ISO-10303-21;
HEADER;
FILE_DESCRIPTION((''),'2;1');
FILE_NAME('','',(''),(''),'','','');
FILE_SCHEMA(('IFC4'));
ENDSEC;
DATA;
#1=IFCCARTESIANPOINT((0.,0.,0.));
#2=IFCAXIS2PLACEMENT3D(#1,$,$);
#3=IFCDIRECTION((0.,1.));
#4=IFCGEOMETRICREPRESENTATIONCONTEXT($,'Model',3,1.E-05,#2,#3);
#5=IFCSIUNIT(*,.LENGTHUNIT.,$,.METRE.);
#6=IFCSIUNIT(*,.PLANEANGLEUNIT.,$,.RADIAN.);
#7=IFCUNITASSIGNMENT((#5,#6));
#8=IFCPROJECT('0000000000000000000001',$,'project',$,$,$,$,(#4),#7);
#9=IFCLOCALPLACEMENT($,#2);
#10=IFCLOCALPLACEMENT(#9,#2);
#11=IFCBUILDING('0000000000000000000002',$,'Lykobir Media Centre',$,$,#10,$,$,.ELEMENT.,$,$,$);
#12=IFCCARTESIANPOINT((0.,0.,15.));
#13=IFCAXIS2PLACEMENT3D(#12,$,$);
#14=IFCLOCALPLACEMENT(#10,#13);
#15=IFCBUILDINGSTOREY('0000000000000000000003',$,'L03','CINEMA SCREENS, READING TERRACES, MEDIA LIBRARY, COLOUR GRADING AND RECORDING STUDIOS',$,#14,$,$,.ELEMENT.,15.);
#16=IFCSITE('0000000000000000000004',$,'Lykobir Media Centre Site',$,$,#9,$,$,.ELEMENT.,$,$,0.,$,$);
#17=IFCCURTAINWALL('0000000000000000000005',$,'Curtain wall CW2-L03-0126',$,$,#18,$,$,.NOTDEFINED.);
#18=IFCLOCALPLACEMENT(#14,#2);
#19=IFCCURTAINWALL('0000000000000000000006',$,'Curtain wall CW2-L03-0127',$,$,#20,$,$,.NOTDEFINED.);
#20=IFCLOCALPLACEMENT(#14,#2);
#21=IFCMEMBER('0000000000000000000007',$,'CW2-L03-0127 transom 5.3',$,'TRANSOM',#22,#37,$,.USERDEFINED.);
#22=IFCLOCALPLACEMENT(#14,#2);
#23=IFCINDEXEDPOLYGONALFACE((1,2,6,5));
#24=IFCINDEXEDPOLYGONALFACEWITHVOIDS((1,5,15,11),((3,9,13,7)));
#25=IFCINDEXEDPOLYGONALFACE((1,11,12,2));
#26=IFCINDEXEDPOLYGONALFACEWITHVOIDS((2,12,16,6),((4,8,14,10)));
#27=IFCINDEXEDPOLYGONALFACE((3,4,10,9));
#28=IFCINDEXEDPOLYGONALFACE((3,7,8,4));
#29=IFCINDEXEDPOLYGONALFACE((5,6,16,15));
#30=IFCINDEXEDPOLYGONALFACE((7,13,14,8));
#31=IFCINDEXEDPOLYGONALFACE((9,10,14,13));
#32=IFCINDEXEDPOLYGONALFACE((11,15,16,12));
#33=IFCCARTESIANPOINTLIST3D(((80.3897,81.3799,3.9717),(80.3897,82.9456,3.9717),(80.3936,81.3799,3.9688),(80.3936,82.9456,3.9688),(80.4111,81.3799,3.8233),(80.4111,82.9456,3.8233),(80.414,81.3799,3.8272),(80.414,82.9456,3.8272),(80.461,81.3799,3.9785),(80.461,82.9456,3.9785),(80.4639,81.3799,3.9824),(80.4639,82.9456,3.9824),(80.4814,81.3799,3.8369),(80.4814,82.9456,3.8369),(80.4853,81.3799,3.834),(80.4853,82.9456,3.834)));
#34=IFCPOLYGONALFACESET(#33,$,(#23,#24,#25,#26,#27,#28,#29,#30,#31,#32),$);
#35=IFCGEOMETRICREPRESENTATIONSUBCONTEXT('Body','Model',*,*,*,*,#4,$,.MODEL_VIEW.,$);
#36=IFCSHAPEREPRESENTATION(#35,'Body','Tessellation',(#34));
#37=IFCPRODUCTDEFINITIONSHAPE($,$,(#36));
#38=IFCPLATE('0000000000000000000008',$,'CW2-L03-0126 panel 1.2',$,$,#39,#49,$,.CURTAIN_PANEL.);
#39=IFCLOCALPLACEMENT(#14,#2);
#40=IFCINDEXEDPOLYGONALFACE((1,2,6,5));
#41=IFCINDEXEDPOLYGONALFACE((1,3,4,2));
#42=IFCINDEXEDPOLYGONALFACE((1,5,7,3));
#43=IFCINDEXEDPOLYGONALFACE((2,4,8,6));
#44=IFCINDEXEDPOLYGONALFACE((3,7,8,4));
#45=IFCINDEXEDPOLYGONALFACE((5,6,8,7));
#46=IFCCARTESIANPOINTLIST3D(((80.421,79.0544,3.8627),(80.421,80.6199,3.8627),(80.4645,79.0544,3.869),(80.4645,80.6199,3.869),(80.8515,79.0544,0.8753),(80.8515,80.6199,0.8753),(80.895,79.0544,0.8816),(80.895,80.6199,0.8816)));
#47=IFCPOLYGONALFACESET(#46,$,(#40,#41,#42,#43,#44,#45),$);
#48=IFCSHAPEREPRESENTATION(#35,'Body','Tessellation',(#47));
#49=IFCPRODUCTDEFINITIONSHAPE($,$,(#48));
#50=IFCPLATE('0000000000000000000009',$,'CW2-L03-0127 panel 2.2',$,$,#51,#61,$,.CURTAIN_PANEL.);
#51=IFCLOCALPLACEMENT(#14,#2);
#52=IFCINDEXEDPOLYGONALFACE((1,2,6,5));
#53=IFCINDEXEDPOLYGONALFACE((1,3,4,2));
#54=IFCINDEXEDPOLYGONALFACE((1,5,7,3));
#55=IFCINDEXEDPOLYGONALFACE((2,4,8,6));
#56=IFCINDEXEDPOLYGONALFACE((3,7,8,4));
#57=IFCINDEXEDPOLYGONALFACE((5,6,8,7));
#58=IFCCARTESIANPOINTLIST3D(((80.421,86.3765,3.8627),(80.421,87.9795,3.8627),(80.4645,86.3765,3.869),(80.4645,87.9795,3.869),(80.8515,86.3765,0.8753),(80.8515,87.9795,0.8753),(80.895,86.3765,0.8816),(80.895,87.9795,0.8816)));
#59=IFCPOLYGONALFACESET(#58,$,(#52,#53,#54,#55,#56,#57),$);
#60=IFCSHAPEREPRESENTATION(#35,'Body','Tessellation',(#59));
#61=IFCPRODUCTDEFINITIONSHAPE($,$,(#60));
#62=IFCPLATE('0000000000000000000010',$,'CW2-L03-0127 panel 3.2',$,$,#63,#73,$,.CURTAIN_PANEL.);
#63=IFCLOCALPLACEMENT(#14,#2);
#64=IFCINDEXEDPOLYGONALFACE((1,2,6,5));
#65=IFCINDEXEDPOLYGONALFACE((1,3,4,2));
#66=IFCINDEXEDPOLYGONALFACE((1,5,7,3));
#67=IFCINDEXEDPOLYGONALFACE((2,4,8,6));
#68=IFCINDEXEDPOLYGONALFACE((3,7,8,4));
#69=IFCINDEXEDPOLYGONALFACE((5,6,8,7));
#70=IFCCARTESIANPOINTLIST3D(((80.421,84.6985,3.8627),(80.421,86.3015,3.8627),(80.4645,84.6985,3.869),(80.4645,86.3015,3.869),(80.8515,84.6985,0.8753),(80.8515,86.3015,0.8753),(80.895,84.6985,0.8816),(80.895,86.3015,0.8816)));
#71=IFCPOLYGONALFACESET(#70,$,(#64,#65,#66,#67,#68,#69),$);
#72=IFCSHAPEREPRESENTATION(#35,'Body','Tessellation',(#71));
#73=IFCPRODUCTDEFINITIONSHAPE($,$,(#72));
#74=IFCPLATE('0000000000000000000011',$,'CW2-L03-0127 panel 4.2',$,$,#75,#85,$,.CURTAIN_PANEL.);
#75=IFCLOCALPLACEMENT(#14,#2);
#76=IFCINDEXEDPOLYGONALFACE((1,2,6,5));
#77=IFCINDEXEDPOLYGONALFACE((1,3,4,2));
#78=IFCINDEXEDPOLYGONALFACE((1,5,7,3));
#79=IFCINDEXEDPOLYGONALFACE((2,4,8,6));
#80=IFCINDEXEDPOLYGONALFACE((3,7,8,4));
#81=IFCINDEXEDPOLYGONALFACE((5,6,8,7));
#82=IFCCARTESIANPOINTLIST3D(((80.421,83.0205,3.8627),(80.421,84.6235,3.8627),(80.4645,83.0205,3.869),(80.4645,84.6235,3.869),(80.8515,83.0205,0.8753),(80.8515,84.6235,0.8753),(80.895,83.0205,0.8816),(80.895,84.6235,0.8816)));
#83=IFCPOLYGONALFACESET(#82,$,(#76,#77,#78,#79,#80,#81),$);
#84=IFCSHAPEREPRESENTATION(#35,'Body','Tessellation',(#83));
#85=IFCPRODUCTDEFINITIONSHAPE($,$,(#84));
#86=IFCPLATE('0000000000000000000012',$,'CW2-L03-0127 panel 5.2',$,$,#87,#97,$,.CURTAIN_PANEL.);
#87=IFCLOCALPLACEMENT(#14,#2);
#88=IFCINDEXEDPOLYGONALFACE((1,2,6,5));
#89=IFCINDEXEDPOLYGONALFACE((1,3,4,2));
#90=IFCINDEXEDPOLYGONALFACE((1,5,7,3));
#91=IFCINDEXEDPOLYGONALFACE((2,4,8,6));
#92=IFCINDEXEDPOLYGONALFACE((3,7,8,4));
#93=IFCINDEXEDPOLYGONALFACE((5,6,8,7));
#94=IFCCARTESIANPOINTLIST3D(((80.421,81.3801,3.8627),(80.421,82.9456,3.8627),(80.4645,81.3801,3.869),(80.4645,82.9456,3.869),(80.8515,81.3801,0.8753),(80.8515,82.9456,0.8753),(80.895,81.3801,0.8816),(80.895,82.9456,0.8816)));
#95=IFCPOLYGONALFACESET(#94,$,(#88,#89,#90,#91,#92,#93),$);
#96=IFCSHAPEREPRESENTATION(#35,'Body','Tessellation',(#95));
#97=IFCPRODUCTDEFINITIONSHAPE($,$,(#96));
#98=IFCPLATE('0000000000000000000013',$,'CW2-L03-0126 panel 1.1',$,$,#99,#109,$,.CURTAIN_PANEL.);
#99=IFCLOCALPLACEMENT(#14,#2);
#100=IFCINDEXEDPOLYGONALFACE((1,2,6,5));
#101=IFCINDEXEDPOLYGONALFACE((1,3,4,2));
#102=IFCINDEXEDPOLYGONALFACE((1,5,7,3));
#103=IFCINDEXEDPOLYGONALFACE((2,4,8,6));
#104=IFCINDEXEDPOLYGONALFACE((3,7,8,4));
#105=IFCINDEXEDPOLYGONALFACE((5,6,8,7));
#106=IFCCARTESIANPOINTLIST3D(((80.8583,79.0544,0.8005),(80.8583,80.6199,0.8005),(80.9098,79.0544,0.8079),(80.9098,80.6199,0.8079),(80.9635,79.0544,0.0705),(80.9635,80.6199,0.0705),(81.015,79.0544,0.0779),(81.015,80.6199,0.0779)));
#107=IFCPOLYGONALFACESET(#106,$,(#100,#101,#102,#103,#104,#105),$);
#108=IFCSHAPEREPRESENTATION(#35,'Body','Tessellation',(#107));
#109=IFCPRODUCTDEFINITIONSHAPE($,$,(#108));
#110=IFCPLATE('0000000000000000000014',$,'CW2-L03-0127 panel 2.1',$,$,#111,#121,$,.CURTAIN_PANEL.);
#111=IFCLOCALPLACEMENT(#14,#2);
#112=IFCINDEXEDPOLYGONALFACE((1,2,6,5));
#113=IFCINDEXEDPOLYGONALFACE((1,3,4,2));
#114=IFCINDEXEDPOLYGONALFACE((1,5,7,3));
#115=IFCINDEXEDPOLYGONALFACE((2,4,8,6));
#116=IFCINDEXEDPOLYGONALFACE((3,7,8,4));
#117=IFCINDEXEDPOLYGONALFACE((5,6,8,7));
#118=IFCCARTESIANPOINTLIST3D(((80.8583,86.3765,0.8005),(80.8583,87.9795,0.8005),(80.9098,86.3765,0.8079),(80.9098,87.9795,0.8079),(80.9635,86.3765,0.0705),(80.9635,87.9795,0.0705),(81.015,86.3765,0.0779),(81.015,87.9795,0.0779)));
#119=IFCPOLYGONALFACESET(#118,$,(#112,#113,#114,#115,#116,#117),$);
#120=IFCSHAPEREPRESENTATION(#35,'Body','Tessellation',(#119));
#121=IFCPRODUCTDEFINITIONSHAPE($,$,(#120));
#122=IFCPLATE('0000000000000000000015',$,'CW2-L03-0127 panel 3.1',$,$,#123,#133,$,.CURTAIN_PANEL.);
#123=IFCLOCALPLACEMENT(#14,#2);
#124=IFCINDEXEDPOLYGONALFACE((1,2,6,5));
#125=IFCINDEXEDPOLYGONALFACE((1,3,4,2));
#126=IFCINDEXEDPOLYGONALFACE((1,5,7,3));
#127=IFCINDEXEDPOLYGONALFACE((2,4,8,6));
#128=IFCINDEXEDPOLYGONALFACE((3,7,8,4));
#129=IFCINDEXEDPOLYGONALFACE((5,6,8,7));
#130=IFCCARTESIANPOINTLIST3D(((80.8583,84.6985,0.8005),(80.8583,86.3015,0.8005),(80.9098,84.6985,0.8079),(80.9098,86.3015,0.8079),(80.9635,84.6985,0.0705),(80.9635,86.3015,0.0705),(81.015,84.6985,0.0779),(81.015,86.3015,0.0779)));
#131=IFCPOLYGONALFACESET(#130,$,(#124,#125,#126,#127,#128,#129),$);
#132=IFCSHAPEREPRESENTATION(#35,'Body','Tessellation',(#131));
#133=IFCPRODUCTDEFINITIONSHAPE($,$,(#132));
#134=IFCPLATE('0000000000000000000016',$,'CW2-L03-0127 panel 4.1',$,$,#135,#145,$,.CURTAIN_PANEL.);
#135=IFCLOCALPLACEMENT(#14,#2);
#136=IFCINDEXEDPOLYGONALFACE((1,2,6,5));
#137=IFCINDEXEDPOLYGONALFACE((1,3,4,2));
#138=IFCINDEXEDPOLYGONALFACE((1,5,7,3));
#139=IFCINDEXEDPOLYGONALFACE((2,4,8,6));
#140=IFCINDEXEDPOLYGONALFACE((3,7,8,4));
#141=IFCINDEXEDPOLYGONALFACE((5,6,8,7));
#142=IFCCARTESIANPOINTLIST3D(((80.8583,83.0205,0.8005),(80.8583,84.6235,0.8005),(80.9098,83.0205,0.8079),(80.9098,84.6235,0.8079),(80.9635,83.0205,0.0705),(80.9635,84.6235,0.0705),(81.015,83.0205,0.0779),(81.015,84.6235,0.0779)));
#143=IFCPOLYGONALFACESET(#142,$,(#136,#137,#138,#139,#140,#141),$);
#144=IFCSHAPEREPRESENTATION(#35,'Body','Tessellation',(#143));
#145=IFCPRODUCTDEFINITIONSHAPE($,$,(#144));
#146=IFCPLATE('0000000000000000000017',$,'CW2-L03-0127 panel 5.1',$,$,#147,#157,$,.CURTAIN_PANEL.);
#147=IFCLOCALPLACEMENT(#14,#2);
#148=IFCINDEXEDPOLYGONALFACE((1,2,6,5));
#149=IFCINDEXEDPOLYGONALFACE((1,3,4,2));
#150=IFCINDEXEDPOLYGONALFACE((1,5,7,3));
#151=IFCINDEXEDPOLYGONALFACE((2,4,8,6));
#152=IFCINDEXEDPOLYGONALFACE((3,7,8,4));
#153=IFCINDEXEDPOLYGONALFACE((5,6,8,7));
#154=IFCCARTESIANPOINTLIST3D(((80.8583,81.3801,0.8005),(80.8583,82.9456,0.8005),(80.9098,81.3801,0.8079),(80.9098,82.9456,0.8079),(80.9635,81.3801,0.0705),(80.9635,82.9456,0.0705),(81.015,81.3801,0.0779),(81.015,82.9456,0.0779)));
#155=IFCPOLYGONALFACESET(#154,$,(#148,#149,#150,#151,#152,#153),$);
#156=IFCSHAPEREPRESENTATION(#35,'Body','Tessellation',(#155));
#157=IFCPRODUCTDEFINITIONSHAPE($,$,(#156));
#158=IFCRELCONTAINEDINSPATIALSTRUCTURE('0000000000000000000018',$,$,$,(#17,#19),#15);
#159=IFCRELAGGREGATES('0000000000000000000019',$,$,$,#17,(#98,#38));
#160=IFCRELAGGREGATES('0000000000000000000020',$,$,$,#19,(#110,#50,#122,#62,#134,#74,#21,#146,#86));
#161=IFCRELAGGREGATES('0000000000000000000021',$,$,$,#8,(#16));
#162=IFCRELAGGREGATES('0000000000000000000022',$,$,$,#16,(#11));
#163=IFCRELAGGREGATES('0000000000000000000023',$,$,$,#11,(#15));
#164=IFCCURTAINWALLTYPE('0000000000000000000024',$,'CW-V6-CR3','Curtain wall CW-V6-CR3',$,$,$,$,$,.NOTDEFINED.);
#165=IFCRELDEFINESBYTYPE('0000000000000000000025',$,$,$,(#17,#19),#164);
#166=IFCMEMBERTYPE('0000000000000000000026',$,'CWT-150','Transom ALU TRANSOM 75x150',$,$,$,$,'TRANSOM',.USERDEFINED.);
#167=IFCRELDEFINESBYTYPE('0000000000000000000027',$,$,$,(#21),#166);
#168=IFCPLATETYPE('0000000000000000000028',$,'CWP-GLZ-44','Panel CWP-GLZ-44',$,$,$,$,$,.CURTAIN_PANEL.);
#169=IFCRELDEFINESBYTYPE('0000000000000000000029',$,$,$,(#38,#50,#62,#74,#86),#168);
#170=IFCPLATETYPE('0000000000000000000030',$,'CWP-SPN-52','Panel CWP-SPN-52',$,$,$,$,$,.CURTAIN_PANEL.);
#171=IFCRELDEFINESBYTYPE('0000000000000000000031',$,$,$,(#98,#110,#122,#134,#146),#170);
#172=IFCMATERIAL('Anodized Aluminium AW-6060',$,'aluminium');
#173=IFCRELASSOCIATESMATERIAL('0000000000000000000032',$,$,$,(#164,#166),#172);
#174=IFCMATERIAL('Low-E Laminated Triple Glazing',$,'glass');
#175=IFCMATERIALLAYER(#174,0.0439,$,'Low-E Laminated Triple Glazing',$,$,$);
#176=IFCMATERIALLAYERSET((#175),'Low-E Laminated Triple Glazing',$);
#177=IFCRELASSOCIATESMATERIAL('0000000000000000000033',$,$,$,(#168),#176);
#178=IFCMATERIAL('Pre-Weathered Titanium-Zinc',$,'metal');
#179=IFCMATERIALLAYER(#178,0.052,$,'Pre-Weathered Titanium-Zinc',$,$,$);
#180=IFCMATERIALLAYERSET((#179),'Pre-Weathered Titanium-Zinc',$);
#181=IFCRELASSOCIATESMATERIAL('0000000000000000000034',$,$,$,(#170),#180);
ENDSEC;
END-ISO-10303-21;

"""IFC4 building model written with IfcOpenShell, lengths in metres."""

from ifc_helpers import new_model, si_unit, direction, frame, origin, origin_2d, place, context, subcontext, project, spatial, rectangle, hollow_rectangle, extrude, material, layer, layer_set, material_profile, profile_set, type_object, element, aggregate, save


model = new_model("IFC4")

# Units and contexts
model_context = context("Model", 3, precision=1e-05, world=origin(), true_north=direction((0.0, 1.0)))
body_context = subcontext(model_context, "Body", "Model", "MODEL_VIEW")
ifc_project = project(units=[si_unit("LENGTHUNIT", "METRE"), si_unit("PLANEANGLEUNIT", "RADIAN")], contexts=[model_context])

# Site, building, storey
site_placement = place(None, origin())
site = spatial("IfcSite", under=ifc_project, at=site_placement, Name="Lykobir Media Centre Site", CompositionType="ELEMENT", RefElevation=0.0)
building_placement = place(site_placement, origin())
building = spatial("IfcBuilding", under=site, at=building_placement, Name="Lykobir Media Centre", CompositionType="ELEMENT")
storey_placement = place(building_placement, frame((0.0, 0.0, 15.0)))
storey = spatial("IfcBuildingStorey", under=building, at=storey_placement, Name="L03", Description="CINEMA SCREENS, READING TERRACES, MEDIA LIBRARY, COLOUR GRADING AND RECORDING STUDIOS", CompositionType="ELEMENT", Elevation=15.0)

# Curtain walls, member
ifc_material_1 = material(Name="Anodized Aluminium AW-6060", Category="aluminium")
curtain_wall_type = type_object("IfcCurtainWallType", Name="CW-V6-CR3", Description="Curtain wall CW-V6-CR3", PredefinedType="NOTDEFINED", material=ifc_material_1)
curtain_wall_1_placement = place(storey_placement, origin())
curtain_wall_1 = element("IfcCurtainWall", 1, at=curtain_wall_1_placement, inside=storey, type_object=curtain_wall_type, Name="Curtain wall CW2-L03-0126", PredefinedType="NOTDEFINED")
ifc_material_profile = material_profile(ifc_material_1, hollow_rectangle(XDim=0.075, YDim=0.1499, WallThickness=0.0034, at=origin_2d()), Name="ALU TRANSOM 75x150")
ifc_profile_set = profile_set([ifc_material_profile], Name="Anodized Aluminium AW-6060")
member_type = type_object("IfcMemberType", Name="CWT-150", Description="Transom ALU TRANSOM 75x150", ElementType="TRANSOM", PredefinedType="USERDEFINED", material=ifc_profile_set)
curtain_wall_2_placement = place(storey_placement, origin())
curtain_wall_2 = element("IfcCurtainWall", 2, at=curtain_wall_2_placement, inside=storey, type_object=curtain_wall_type, Name="Curtain wall CW2-L03-0127", PredefinedType="NOTDEFINED")
member_1_placement = place(storey_placement, frame((80.4375, 82.9456, 3.9028), z_axis=(0.0, -1.0, 0.0), x_axis=(0.989776, 0.0, 0.142629)))
member_1 = element("IfcMember", 3, at=member_1_placement, type_object=member_type, Name="CW2-L03-0127 transom 5.3", ObjectType="TRANSOM", PredefinedType="USERDEFINED", context=body_context, shape_type="SweptSolid", body=[
    extrude(hollow_rectangle(XDim=0.075, YDim=0.1499, WallThickness=0.0034, at=origin_2d()), origin(), (0.0, 0.0, 1.0), 1.5657),
])

# Plates
ifc_material_2 = material(Name="Low-E Laminated Triple Glazing", Category="glass")
ifc_layer_1 = layer(ifc_material_2, 0.0439, Name="Low-E Laminated Triple Glazing")
ifc_layer_set_1 = layer_set([ifc_layer_1], Name="Low-E Laminated Triple Glazing")
plate_type_1 = type_object("IfcPlateType", Name="CWP-GLZ-44", Description="Panel CWP-GLZ-44", PredefinedType="CURTAIN_PANEL", material=ifc_layer_set_1)
plate_1_placement = place(storey_placement, frame((80.8733, 79.8372, 0.8784), z_axis=(-0.142629, 0.0, 0.989776), x_axis=(0.0, -1.0, 0.0)))
plate_1 = element("IfcPlate", 4, at=plate_1_placement, type_object=plate_type_1, Name="CW2-L03-0126 panel 1.2", PredefinedType="CURTAIN_PANEL", context=body_context, shape_type="SweptSolid", body=[
    extrude(rectangle(XDim=1.5654, YDim=0.0439, at=origin_2d()), origin(), (0.0, 0.0, 1.0), 3.0183),
])
plate_2_placement = place(storey_placement, frame((80.8733, 87.178, 0.8784), z_axis=(-0.142629, 0.0, 0.989776), x_axis=(0.0, -1.0, 0.0)))
plate_2 = element("IfcPlate", 5, at=plate_2_placement, type_object=plate_type_1, Name="CW2-L03-0127 panel 2.2", PredefinedType="CURTAIN_PANEL", context=body_context, shape_type="SweptSolid", body=[
    extrude(rectangle(XDim=1.603, YDim=0.0439, at=origin_2d()), origin(), (0.0, 0.0, 1.0), 3.0183),
])
plate_3_placement = place(storey_placement, frame((80.8733, 85.5, 0.8784), z_axis=(-0.142629, 0.0, 0.989776), x_axis=(0.0, -1.0, 0.0)))
plate_3 = element("IfcPlate", 6, at=plate_3_placement, type_object=plate_type_1, Name="CW2-L03-0127 panel 3.2", PredefinedType="CURTAIN_PANEL", context=body_context, shape_type="SweptSolid", body=[
    extrude(rectangle(XDim=1.603, YDim=0.0439, at=origin_2d()), origin(), (0.0, 0.0, 1.0), 3.0183),
])
plate_4_placement = place(storey_placement, frame((80.8733, 83.822, 0.8784), z_axis=(-0.142629, 0.0, 0.989776), x_axis=(0.0, -1.0, 0.0)))
plate_4 = element("IfcPlate", 7, at=plate_4_placement, type_object=plate_type_1, Name="CW2-L03-0127 panel 4.2", PredefinedType="CURTAIN_PANEL", context=body_context, shape_type="SweptSolid", body=[
    extrude(rectangle(XDim=1.603, YDim=0.0439, at=origin_2d()), origin(), (0.0, 0.0, 1.0), 3.0183),
])
plate_5_placement = place(storey_placement, frame((80.8733, 82.1628, 0.8784), z_axis=(-0.142629, 0.0, 0.989776), x_axis=(0.0, -1.0, 0.0)))
plate_5 = element("IfcPlate", 8, at=plate_5_placement, type_object=plate_type_1, Name="CW2-L03-0127 panel 5.2", PredefinedType="CURTAIN_PANEL", context=body_context, shape_type="SweptSolid", body=[
    extrude(rectangle(XDim=1.5654, YDim=0.0439, at=origin_2d()), origin(), (0.0, 0.0, 1.0), 3.0183),
])
ifc_material_3 = material(Name="Pre-Weathered Titanium-Zinc", Category="metal")
ifc_layer_2 = layer(ifc_material_3, 0.052, Name="Pre-Weathered Titanium-Zinc")
ifc_layer_set_2 = layer_set([ifc_layer_2], Name="Pre-Weathered Titanium-Zinc")
plate_type_2 = type_object("IfcPlateType", Name="CWP-SPN-52", Description="Panel CWP-SPN-52", PredefinedType="CURTAIN_PANEL", material=ifc_layer_set_2)
plate_6_placement = place(storey_placement, frame((80.9893, 79.8372, 0.0742), z_axis=(-0.142629, 0.0, 0.989776), x_axis=(0.0, -1.0, 0.0)))
plate_6 = element("IfcPlate", 9, at=plate_6_placement, type_object=plate_type_2, Name="CW2-L03-0126 panel 1.1", PredefinedType="CURTAIN_PANEL", context=body_context, shape_type="SweptSolid", body=[
    extrude(rectangle(XDim=1.5654, YDim=0.052, at=origin_2d()), origin(), (0.0, 0.0, 1.0), 0.7375),
])
aggregate(curtain_wall_1, [plate_6, plate_1])
plate_7_placement = place(storey_placement, frame((80.9893, 87.178, 0.0742), z_axis=(-0.142629, 0.0, 0.989776), x_axis=(0.0, -1.0, 0.0)))
plate_7 = element("IfcPlate", 10, at=plate_7_placement, type_object=plate_type_2, Name="CW2-L03-0127 panel 2.1", PredefinedType="CURTAIN_PANEL", context=body_context, shape_type="SweptSolid", body=[
    extrude(rectangle(XDim=1.603, YDim=0.052, at=origin_2d()), origin(), (0.0, 0.0, 1.0), 0.7375),
])
plate_8_placement = place(storey_placement, frame((80.9893, 85.5, 0.0742), z_axis=(-0.142629, 0.0, 0.989776), x_axis=(0.0, -1.0, 0.0)))
plate_8 = element("IfcPlate", 11, at=plate_8_placement, type_object=plate_type_2, Name="CW2-L03-0127 panel 3.1", PredefinedType="CURTAIN_PANEL", context=body_context, shape_type="SweptSolid", body=[
    extrude(rectangle(XDim=1.603, YDim=0.052, at=origin_2d()), origin(), (0.0, 0.0, 1.0), 0.7375),
])
plate_9_placement = place(storey_placement, frame((80.9893, 83.822, 0.0742), z_axis=(-0.142629, 0.0, 0.989776), x_axis=(0.0, -1.0, 0.0)))
plate_9 = element("IfcPlate", 12, at=plate_9_placement, type_object=plate_type_2, Name="CW2-L03-0127 panel 4.1", PredefinedType="CURTAIN_PANEL", context=body_context, shape_type="SweptSolid", body=[
    extrude(rectangle(XDim=1.603, YDim=0.052, at=origin_2d()), origin(), (0.0, 0.0, 1.0), 0.7375),
])
plate_10_placement = place(storey_placement, frame((80.9893, 82.1628, 0.0742), z_axis=(-0.142629, 0.0, 0.989776), x_axis=(0.0, -1.0, 0.0)))
plate_10 = element("IfcPlate", 13, at=plate_10_placement, type_object=plate_type_2, Name="CW2-L03-0127 panel 5.1", PredefinedType="CURTAIN_PANEL", context=body_context, shape_type="SweptSolid", body=[
    extrude(rectangle(XDim=1.5654, YDim=0.052, at=origin_2d()), origin(), (0.0, 0.0, 1.0), 0.7375),
])
aggregate(curtain_wall_2, [plate_7, plate_2, plate_8, plate_3, plate_9, plate_4, member_1, plate_10, plate_5])

save(model, "model.ifc")
